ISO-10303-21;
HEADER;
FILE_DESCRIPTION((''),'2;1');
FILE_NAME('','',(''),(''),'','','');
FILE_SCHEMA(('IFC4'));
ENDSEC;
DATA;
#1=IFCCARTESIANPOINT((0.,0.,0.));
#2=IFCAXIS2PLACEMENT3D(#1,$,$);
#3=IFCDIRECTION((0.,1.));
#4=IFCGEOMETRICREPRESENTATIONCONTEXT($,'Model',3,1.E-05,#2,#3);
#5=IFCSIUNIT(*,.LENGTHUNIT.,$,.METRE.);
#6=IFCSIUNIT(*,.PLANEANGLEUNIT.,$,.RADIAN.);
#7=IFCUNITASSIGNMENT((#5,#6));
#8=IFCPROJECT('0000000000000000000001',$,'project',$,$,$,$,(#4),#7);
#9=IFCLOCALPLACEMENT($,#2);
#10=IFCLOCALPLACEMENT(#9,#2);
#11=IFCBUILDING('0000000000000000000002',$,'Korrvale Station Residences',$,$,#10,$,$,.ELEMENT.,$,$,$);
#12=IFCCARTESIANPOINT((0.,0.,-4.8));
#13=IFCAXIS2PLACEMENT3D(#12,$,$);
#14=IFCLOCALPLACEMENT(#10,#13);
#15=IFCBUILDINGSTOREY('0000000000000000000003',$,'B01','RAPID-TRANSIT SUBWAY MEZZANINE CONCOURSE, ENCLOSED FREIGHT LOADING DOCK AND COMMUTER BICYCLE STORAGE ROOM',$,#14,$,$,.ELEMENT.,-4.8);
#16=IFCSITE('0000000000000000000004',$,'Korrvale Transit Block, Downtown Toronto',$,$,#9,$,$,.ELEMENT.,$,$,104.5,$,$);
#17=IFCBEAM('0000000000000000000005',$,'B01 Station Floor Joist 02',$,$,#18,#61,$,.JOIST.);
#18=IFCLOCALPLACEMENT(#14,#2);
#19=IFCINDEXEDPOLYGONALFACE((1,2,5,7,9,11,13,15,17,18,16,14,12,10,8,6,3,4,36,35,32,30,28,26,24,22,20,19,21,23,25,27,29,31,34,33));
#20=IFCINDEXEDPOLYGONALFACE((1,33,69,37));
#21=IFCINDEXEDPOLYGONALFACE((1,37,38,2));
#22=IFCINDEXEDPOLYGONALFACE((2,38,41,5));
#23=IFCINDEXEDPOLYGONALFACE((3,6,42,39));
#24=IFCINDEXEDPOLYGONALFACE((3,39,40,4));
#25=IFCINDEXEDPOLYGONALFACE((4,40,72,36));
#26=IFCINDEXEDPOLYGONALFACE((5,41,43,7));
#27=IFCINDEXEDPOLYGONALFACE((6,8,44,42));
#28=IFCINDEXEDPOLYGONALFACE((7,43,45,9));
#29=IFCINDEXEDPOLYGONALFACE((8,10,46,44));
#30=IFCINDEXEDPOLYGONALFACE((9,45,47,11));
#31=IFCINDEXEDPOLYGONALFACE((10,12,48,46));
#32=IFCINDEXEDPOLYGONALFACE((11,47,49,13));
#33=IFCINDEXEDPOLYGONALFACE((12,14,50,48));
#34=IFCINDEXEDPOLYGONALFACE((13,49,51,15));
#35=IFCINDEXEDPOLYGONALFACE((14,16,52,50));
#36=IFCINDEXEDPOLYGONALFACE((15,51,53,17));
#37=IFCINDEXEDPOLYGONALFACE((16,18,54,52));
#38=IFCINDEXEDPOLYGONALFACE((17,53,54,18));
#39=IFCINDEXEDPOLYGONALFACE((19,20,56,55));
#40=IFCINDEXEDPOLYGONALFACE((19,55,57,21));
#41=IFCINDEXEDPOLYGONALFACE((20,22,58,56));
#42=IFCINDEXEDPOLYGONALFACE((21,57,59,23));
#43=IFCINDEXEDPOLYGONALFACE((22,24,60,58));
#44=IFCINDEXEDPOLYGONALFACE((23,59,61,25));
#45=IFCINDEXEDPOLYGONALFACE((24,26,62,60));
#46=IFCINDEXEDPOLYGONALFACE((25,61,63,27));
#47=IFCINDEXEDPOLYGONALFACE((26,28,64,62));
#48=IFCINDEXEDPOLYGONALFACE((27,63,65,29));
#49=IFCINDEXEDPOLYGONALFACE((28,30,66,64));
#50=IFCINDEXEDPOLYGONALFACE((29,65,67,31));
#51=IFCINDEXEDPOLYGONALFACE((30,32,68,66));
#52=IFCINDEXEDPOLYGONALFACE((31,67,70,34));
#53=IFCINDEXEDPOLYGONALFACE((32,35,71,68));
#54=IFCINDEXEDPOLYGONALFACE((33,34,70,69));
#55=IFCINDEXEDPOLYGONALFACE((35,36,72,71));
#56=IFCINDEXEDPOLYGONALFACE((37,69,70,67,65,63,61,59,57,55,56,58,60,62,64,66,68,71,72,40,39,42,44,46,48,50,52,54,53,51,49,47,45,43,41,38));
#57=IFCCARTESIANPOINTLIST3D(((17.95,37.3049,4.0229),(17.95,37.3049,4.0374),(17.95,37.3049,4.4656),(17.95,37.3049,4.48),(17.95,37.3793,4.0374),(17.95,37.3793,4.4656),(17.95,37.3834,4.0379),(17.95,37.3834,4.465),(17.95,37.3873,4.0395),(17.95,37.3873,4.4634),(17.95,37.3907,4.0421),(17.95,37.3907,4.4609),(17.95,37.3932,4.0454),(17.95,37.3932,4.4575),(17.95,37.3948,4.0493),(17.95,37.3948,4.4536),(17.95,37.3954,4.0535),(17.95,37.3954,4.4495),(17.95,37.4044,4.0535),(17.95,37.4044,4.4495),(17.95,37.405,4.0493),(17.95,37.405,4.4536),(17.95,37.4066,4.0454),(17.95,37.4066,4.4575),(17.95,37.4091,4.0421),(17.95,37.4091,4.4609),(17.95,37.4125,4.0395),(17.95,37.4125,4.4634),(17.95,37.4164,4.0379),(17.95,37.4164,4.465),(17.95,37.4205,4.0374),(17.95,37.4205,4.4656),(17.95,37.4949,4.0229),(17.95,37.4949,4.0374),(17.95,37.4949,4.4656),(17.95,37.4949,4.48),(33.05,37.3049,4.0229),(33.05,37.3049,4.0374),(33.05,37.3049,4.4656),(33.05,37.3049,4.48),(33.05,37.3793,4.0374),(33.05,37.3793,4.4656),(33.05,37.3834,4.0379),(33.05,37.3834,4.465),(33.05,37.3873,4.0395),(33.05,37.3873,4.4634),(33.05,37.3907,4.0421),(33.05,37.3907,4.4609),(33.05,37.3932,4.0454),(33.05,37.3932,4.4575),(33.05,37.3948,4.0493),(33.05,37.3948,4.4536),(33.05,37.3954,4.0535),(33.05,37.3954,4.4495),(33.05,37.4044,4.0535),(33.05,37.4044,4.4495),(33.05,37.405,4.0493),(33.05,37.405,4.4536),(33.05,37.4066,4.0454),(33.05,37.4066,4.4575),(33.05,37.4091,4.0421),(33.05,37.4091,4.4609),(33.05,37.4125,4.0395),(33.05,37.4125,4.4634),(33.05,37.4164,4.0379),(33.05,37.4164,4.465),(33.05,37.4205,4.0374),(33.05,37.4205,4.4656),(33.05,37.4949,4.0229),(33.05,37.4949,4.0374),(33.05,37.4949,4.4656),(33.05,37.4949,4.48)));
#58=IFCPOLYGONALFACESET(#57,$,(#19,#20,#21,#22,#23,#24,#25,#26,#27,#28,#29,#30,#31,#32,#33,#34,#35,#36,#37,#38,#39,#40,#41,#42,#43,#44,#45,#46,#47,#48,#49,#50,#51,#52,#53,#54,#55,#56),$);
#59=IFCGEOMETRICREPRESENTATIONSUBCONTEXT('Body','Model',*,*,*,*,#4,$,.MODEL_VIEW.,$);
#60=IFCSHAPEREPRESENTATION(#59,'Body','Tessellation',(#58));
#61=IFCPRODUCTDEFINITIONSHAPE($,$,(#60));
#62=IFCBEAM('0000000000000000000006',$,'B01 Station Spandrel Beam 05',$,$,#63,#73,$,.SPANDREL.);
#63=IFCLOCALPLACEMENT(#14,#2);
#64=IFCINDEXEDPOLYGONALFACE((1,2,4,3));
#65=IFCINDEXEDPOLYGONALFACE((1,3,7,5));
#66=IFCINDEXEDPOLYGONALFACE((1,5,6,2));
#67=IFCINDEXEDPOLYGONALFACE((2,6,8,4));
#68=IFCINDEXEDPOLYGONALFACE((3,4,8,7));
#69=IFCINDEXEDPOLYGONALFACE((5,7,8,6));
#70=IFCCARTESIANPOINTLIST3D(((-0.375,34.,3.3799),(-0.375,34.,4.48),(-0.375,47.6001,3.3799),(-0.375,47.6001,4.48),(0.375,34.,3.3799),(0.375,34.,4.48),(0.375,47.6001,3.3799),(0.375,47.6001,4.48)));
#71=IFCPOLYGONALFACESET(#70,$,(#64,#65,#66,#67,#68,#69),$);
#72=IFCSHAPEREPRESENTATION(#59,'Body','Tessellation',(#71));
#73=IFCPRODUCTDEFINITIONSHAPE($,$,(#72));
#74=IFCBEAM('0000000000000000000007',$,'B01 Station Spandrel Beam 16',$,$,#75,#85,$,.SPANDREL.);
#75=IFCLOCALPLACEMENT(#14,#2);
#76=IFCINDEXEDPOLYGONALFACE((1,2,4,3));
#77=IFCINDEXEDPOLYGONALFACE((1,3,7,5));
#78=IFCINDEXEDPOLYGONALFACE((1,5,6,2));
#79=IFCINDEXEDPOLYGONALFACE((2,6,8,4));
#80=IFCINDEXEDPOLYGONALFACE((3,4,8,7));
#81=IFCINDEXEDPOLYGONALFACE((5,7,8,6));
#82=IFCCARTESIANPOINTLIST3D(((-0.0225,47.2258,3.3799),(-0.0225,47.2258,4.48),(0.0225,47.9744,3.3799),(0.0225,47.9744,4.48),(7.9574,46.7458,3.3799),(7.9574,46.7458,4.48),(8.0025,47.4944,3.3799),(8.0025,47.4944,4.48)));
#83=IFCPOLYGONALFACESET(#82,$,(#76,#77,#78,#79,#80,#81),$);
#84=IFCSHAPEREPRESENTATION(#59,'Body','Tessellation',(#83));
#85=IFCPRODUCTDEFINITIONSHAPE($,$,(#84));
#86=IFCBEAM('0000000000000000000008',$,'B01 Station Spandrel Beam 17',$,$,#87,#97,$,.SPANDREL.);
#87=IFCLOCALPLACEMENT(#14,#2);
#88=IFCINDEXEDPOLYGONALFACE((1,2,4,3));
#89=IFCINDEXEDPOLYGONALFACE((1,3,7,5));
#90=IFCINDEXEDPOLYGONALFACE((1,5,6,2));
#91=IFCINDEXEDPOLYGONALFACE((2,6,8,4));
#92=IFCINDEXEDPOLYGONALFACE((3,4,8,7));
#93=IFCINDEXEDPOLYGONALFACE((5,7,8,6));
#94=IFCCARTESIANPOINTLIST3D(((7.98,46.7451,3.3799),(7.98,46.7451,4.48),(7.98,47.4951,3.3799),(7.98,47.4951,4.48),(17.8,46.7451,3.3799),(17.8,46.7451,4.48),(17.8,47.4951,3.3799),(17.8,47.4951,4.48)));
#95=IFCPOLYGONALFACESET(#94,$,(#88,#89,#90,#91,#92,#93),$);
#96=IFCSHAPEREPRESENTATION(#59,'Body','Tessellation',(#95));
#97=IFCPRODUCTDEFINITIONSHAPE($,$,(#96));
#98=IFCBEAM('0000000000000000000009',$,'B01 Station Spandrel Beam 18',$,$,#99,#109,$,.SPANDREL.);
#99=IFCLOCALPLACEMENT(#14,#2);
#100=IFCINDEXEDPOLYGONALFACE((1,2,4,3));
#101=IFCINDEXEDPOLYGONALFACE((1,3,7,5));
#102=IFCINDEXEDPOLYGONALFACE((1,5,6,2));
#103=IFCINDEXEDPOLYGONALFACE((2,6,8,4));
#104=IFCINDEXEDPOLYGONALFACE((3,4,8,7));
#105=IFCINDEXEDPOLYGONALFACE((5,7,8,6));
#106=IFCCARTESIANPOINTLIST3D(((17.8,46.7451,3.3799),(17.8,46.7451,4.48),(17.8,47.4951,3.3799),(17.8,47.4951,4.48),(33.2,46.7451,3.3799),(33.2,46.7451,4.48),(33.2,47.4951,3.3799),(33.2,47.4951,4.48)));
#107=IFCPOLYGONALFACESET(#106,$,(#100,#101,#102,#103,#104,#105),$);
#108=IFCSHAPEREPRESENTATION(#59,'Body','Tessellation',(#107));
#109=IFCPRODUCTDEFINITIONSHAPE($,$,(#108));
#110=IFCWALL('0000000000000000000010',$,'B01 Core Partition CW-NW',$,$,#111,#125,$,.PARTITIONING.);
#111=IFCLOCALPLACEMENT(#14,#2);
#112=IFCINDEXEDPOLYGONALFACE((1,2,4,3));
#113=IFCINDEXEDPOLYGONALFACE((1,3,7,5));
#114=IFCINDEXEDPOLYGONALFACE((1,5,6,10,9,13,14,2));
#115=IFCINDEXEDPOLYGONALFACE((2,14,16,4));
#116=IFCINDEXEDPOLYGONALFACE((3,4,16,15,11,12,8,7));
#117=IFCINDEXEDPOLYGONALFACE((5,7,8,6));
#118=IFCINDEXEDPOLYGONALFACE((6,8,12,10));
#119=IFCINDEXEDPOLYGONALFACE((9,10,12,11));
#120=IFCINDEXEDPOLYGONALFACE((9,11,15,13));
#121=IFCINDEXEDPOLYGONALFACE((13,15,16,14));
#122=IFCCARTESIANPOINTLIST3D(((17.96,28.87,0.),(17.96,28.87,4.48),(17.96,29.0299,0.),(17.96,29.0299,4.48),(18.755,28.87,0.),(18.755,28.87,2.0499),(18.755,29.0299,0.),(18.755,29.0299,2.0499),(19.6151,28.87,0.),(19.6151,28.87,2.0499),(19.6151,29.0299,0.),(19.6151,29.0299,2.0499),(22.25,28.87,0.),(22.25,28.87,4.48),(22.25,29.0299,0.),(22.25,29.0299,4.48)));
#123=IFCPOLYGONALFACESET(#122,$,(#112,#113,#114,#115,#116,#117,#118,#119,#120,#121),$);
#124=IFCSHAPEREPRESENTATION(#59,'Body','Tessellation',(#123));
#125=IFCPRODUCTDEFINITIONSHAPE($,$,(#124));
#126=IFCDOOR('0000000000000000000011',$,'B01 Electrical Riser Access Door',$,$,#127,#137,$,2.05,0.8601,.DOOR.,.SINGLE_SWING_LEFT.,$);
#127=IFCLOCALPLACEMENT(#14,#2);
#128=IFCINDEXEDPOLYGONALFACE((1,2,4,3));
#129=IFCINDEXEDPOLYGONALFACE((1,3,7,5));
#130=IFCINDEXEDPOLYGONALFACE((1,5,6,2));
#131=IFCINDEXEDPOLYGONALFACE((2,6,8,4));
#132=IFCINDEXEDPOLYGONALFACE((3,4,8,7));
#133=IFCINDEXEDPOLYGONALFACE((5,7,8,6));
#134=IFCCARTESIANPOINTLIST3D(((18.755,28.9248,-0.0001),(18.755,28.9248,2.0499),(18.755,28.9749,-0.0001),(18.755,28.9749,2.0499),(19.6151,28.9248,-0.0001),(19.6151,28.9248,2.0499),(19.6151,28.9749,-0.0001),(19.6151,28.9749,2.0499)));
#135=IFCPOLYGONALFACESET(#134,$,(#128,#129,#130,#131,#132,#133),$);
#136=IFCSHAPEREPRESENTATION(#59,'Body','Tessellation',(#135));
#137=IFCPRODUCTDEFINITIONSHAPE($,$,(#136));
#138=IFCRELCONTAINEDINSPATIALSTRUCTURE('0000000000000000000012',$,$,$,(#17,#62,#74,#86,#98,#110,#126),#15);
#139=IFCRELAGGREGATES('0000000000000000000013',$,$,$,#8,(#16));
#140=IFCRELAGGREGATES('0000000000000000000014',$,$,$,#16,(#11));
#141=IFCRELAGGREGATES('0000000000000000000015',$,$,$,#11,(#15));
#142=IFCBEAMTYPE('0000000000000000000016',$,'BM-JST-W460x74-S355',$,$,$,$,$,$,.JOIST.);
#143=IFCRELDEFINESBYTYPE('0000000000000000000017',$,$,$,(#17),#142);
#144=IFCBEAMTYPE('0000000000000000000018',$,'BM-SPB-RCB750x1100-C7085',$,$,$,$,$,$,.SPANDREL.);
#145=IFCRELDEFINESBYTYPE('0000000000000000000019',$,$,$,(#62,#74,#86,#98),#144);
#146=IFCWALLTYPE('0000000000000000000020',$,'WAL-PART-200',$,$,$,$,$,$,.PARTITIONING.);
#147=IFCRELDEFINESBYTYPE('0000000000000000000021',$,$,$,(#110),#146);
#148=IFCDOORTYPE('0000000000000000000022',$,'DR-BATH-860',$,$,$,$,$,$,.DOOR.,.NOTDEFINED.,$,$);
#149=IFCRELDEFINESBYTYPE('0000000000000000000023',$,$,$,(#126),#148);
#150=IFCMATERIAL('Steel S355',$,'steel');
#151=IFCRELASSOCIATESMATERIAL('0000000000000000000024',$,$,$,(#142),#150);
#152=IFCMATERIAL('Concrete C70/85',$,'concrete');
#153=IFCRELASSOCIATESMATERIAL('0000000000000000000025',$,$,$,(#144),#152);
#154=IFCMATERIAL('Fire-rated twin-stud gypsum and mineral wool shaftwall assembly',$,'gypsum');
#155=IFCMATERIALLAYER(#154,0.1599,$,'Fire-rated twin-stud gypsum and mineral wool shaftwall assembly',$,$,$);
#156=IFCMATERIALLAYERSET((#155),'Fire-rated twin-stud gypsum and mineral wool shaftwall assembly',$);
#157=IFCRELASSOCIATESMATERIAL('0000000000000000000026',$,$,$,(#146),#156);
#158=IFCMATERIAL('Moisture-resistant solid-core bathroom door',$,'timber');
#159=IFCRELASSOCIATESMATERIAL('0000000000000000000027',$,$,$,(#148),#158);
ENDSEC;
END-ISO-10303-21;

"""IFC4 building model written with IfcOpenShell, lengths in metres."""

from ifc_helpers import new_model, si_unit, direction, frame, frame_2d, origin, origin_2d, place, context, subcontext, project, spatial, rectangle, i_section, extrude, material, layer, layer_set, material_profile, profile_set, type_object, element, fill, save


model = new_model("IFC4")

# Units and contexts
model_context = context("Model", 3, precision=1e-05, world=origin(), true_north=direction((0.0, 1.0)))
body_context = subcontext(model_context, "Body", "Model", "MODEL_VIEW")
ifc_project = project(units=[si_unit("LENGTHUNIT", "METRE"), si_unit("PLANEANGLEUNIT", "RADIAN")], contexts=[model_context])

# Site, building, storey
site_placement = place(None, origin())
site = spatial("IfcSite", under=ifc_project, at=site_placement, Name="Korrvale Transit Block, Downtown Toronto", CompositionType="ELEMENT", RefElevation=104.5)
building_placement = place(site_placement, origin())
building = spatial("IfcBuilding", under=site, at=building_placement, Name="Korrvale Station Residences", CompositionType="ELEMENT")
storey_placement = place(building_placement, frame((0.0, 0.0, -4.8)))
storey = spatial("IfcBuildingStorey", under=building, at=storey_placement, Name="B01", Description="RAPID-TRANSIT SUBWAY MEZZANINE CONCOURSE, ENCLOSED FREIGHT LOADING DOCK AND COMMUTER BICYCLE STORAGE ROOM", CompositionType="ELEMENT", Elevation=-4.8)

# Shared definitions
ifc_material_1 = material(Name="Concrete C70/85", Category="concrete")

# Beams
ifc_material_2 = material(Name="Steel S355", Category="steel")
ifc_material_profile_1 = material_profile(ifc_material_2, i_section(OverallWidth=0.1899, OverallDepth=0.457, WebThickness=0.009, FlangeThickness=0.0144, FilletRadius=0.0161, at=origin_2d()), Name="W460x74")
ifc_profile_set_1 = profile_set([ifc_material_profile_1], Name="Steel S355")
beam_type_1 = type_object("IfcBeamType", Name="BM-JST-W460x74-S355", PredefinedType="JOIST", material=ifc_profile_set_1)
beam_1_placement = place(storey_placement, frame((17.95, 37.3999, 4.2515), z_axis=(1.0, 0.0, 0.0), x_axis=(0.0, 1.0, 0.0)))
element("IfcBeam", 1, at=beam_1_placement, inside=storey, type_object=beam_type_1, Name="B01 Station Floor Joist 02", PredefinedType="JOIST", context=body_context, shape_type="SweptSolid", body=[
    extrude(i_section(OverallWidth=0.1899, OverallDepth=0.457, WebThickness=0.009, FlangeThickness=0.0144, FilletRadius=0.0161, at=origin_2d()), origin(), (0.0, 0.0, 1.0), 15.1001),
])
ifc_material_profile_2 = material_profile(ifc_material_1, rectangle(XDim=0.75, YDim=1.1001, at=origin_2d()), Name="RCB750x1100")
ifc_profile_set_2 = profile_set([ifc_material_profile_2], Name="Concrete C70/85")
beam_type_2 = type_object("IfcBeamType", Name="BM-SPB-RCB750x1100-C7085", PredefinedType="SPANDREL", material=ifc_profile_set_2)
beam_2_placement = place(storey_placement, frame((0.0, 34.0, 3.9299), z_axis=(0.0, 1.0, 0.0), x_axis=(-1.0, 0.0, 0.0)))
element("IfcBeam", 2, at=beam_2_placement, inside=storey, type_object=beam_type_2, Name="B01 Station Spandrel Beam 05", PredefinedType="SPANDREL", context=body_context, shape_type="SweptSolid", body=[
    extrude(rectangle(XDim=0.75, YDim=1.1001, at=origin_2d()), origin(), (0.0, 0.0, 1.0), 13.6001),
])
beam_3_placement = place(storey_placement, frame((0.0, 47.6001, 3.9299), z_axis=(0.998196, -0.06004, 0.0), x_axis=(0.06004, 0.998196, 0.0)))
element("IfcBeam", 3, at=beam_3_placement, inside=storey, type_object=beam_type_2, Name="B01 Station Spandrel Beam 16", PredefinedType="SPANDREL", context=body_context, shape_type="SweptSolid", body=[
    extrude(rectangle(XDim=0.75, YDim=1.1001, at=origin_2d()), origin(), (0.0, 0.0, 1.0), 7.9944),
])
beam_4_placement = place(storey_placement, frame((7.98, 47.1201, 3.9299), z_axis=(1.0, 0.0, 0.0), x_axis=(0.0, 1.0, 0.0)))
element("IfcBeam", 4, at=beam_4_placement, inside=storey, type_object=beam_type_2, Name="B01 Station Spandrel Beam 17", PredefinedType="SPANDREL", context=body_context, shape_type="SweptSolid", body=[
    extrude(rectangle(XDim=0.75, YDim=1.1001, at=origin_2d()), origin(), (0.0, 0.0, 1.0), 9.8201),
])
beam_5_placement = place(storey_placement, frame((17.8, 47.1201, 3.9299), z_axis=(1.0, 0.0, 0.0), x_axis=(0.0, 1.0, 0.0)))
element("IfcBeam", 5, at=beam_5_placement, inside=storey, type_object=beam_type_2, Name="B01 Station Spandrel Beam 18", PredefinedType="SPANDREL", context=body_context, shape_type="SweptSolid", body=[
    extrude(rectangle(XDim=0.75, YDim=1.1001, at=origin_2d()), origin(), (0.0, 0.0, 1.0), 15.3999),
])

# Wall, opening, door
ifc_material_3 = material(Name="Fire-rated twin-stud gypsum and mineral wool shaftwall assembly", Category="gypsum")
ifc_layer_1 = layer(ifc_material_3, 0.1599, Name="Fire-rated twin-stud gypsum and mineral wool shaftwall assembly")
ifc_layer_set_1 = layer_set([ifc_layer_1], Name="Fire-rated twin-stud gypsum and mineral wool shaftwall assembly")
wall_type_1 = type_object("IfcWallType", Name="WAL-PART-200", PredefinedType="PARTITIONING", material=ifc_layer_set_1)
wall_1_placement = place(storey_placement, frame((17.96, 28.95, 0.0), z_axis=(0.0, 0.0, 1.0), x_axis=(1.0, 0.0, 0.0)))
wall_1 = element("IfcWall", 6, at=wall_1_placement, inside=storey, type_object=wall_type_1, Name="B01 Core Partition CW-NW", PredefinedType="PARTITIONING", context=body_context, shape_type="SweptSolid", body=[
    extrude(rectangle(XDim=4.29, YDim=0.1599, at=frame_2d((2.145, 0.0))), origin(), (0.0, 0.0, 1.0), 4.48),
])
opening_1_placement = place(wall_1_placement, frame((0.7949, 0.0, 0.0)))
opening_1 = element("IfcOpeningElement", 7, at=opening_1_placement, cuts=wall_1, PredefinedType="OPENING", context=body_context, shape_type="SweptSolid", body=[
    extrude(rectangle(XDim=0.8601, YDim=2.05, at=frame_2d((0.4302, 1.0249))), frame((0.0, 0.0898, 0.0), z_axis=(0.0, -1.0, 0.0), x_axis=(1.0, 0.0, 0.0)), (0.0, 0.0, 1.0), 0.1799),
])
ifc_material_4 = material(Name="Moisture-resistant solid-core bathroom door", Category="timber")
door_type_1 = type_object("IfcDoorType", Name="DR-BATH-860", OperationType="NOTDEFINED", PredefinedType="DOOR", material=ifc_material_4)
door_1_placement = place(opening_1_placement, origin())
door_1 = element("IfcDoor", 8, at=door_1_placement, inside=storey, type_object=door_type_1, Name="B01 Electrical Riser Access Door", OperationType="SINGLE_SWING_LEFT", OverallHeight=2.05, OverallWidth=0.8601, PredefinedType="DOOR", context=body_context, shape_type="SweptSolid", body=[
    extrude(rectangle(XDim=0.8601, YDim=2.05, at=frame_2d((0.4302, 1.0249))), frame((0.0, 0.0249, 0.0), z_axis=(0.0, -1.0, 0.0), x_axis=(1.0, 0.0, 0.0)), (0.0, 0.0, 1.0), 0.05),
])
fill(opening_1, door_1)

save(model, "model.ifc")
